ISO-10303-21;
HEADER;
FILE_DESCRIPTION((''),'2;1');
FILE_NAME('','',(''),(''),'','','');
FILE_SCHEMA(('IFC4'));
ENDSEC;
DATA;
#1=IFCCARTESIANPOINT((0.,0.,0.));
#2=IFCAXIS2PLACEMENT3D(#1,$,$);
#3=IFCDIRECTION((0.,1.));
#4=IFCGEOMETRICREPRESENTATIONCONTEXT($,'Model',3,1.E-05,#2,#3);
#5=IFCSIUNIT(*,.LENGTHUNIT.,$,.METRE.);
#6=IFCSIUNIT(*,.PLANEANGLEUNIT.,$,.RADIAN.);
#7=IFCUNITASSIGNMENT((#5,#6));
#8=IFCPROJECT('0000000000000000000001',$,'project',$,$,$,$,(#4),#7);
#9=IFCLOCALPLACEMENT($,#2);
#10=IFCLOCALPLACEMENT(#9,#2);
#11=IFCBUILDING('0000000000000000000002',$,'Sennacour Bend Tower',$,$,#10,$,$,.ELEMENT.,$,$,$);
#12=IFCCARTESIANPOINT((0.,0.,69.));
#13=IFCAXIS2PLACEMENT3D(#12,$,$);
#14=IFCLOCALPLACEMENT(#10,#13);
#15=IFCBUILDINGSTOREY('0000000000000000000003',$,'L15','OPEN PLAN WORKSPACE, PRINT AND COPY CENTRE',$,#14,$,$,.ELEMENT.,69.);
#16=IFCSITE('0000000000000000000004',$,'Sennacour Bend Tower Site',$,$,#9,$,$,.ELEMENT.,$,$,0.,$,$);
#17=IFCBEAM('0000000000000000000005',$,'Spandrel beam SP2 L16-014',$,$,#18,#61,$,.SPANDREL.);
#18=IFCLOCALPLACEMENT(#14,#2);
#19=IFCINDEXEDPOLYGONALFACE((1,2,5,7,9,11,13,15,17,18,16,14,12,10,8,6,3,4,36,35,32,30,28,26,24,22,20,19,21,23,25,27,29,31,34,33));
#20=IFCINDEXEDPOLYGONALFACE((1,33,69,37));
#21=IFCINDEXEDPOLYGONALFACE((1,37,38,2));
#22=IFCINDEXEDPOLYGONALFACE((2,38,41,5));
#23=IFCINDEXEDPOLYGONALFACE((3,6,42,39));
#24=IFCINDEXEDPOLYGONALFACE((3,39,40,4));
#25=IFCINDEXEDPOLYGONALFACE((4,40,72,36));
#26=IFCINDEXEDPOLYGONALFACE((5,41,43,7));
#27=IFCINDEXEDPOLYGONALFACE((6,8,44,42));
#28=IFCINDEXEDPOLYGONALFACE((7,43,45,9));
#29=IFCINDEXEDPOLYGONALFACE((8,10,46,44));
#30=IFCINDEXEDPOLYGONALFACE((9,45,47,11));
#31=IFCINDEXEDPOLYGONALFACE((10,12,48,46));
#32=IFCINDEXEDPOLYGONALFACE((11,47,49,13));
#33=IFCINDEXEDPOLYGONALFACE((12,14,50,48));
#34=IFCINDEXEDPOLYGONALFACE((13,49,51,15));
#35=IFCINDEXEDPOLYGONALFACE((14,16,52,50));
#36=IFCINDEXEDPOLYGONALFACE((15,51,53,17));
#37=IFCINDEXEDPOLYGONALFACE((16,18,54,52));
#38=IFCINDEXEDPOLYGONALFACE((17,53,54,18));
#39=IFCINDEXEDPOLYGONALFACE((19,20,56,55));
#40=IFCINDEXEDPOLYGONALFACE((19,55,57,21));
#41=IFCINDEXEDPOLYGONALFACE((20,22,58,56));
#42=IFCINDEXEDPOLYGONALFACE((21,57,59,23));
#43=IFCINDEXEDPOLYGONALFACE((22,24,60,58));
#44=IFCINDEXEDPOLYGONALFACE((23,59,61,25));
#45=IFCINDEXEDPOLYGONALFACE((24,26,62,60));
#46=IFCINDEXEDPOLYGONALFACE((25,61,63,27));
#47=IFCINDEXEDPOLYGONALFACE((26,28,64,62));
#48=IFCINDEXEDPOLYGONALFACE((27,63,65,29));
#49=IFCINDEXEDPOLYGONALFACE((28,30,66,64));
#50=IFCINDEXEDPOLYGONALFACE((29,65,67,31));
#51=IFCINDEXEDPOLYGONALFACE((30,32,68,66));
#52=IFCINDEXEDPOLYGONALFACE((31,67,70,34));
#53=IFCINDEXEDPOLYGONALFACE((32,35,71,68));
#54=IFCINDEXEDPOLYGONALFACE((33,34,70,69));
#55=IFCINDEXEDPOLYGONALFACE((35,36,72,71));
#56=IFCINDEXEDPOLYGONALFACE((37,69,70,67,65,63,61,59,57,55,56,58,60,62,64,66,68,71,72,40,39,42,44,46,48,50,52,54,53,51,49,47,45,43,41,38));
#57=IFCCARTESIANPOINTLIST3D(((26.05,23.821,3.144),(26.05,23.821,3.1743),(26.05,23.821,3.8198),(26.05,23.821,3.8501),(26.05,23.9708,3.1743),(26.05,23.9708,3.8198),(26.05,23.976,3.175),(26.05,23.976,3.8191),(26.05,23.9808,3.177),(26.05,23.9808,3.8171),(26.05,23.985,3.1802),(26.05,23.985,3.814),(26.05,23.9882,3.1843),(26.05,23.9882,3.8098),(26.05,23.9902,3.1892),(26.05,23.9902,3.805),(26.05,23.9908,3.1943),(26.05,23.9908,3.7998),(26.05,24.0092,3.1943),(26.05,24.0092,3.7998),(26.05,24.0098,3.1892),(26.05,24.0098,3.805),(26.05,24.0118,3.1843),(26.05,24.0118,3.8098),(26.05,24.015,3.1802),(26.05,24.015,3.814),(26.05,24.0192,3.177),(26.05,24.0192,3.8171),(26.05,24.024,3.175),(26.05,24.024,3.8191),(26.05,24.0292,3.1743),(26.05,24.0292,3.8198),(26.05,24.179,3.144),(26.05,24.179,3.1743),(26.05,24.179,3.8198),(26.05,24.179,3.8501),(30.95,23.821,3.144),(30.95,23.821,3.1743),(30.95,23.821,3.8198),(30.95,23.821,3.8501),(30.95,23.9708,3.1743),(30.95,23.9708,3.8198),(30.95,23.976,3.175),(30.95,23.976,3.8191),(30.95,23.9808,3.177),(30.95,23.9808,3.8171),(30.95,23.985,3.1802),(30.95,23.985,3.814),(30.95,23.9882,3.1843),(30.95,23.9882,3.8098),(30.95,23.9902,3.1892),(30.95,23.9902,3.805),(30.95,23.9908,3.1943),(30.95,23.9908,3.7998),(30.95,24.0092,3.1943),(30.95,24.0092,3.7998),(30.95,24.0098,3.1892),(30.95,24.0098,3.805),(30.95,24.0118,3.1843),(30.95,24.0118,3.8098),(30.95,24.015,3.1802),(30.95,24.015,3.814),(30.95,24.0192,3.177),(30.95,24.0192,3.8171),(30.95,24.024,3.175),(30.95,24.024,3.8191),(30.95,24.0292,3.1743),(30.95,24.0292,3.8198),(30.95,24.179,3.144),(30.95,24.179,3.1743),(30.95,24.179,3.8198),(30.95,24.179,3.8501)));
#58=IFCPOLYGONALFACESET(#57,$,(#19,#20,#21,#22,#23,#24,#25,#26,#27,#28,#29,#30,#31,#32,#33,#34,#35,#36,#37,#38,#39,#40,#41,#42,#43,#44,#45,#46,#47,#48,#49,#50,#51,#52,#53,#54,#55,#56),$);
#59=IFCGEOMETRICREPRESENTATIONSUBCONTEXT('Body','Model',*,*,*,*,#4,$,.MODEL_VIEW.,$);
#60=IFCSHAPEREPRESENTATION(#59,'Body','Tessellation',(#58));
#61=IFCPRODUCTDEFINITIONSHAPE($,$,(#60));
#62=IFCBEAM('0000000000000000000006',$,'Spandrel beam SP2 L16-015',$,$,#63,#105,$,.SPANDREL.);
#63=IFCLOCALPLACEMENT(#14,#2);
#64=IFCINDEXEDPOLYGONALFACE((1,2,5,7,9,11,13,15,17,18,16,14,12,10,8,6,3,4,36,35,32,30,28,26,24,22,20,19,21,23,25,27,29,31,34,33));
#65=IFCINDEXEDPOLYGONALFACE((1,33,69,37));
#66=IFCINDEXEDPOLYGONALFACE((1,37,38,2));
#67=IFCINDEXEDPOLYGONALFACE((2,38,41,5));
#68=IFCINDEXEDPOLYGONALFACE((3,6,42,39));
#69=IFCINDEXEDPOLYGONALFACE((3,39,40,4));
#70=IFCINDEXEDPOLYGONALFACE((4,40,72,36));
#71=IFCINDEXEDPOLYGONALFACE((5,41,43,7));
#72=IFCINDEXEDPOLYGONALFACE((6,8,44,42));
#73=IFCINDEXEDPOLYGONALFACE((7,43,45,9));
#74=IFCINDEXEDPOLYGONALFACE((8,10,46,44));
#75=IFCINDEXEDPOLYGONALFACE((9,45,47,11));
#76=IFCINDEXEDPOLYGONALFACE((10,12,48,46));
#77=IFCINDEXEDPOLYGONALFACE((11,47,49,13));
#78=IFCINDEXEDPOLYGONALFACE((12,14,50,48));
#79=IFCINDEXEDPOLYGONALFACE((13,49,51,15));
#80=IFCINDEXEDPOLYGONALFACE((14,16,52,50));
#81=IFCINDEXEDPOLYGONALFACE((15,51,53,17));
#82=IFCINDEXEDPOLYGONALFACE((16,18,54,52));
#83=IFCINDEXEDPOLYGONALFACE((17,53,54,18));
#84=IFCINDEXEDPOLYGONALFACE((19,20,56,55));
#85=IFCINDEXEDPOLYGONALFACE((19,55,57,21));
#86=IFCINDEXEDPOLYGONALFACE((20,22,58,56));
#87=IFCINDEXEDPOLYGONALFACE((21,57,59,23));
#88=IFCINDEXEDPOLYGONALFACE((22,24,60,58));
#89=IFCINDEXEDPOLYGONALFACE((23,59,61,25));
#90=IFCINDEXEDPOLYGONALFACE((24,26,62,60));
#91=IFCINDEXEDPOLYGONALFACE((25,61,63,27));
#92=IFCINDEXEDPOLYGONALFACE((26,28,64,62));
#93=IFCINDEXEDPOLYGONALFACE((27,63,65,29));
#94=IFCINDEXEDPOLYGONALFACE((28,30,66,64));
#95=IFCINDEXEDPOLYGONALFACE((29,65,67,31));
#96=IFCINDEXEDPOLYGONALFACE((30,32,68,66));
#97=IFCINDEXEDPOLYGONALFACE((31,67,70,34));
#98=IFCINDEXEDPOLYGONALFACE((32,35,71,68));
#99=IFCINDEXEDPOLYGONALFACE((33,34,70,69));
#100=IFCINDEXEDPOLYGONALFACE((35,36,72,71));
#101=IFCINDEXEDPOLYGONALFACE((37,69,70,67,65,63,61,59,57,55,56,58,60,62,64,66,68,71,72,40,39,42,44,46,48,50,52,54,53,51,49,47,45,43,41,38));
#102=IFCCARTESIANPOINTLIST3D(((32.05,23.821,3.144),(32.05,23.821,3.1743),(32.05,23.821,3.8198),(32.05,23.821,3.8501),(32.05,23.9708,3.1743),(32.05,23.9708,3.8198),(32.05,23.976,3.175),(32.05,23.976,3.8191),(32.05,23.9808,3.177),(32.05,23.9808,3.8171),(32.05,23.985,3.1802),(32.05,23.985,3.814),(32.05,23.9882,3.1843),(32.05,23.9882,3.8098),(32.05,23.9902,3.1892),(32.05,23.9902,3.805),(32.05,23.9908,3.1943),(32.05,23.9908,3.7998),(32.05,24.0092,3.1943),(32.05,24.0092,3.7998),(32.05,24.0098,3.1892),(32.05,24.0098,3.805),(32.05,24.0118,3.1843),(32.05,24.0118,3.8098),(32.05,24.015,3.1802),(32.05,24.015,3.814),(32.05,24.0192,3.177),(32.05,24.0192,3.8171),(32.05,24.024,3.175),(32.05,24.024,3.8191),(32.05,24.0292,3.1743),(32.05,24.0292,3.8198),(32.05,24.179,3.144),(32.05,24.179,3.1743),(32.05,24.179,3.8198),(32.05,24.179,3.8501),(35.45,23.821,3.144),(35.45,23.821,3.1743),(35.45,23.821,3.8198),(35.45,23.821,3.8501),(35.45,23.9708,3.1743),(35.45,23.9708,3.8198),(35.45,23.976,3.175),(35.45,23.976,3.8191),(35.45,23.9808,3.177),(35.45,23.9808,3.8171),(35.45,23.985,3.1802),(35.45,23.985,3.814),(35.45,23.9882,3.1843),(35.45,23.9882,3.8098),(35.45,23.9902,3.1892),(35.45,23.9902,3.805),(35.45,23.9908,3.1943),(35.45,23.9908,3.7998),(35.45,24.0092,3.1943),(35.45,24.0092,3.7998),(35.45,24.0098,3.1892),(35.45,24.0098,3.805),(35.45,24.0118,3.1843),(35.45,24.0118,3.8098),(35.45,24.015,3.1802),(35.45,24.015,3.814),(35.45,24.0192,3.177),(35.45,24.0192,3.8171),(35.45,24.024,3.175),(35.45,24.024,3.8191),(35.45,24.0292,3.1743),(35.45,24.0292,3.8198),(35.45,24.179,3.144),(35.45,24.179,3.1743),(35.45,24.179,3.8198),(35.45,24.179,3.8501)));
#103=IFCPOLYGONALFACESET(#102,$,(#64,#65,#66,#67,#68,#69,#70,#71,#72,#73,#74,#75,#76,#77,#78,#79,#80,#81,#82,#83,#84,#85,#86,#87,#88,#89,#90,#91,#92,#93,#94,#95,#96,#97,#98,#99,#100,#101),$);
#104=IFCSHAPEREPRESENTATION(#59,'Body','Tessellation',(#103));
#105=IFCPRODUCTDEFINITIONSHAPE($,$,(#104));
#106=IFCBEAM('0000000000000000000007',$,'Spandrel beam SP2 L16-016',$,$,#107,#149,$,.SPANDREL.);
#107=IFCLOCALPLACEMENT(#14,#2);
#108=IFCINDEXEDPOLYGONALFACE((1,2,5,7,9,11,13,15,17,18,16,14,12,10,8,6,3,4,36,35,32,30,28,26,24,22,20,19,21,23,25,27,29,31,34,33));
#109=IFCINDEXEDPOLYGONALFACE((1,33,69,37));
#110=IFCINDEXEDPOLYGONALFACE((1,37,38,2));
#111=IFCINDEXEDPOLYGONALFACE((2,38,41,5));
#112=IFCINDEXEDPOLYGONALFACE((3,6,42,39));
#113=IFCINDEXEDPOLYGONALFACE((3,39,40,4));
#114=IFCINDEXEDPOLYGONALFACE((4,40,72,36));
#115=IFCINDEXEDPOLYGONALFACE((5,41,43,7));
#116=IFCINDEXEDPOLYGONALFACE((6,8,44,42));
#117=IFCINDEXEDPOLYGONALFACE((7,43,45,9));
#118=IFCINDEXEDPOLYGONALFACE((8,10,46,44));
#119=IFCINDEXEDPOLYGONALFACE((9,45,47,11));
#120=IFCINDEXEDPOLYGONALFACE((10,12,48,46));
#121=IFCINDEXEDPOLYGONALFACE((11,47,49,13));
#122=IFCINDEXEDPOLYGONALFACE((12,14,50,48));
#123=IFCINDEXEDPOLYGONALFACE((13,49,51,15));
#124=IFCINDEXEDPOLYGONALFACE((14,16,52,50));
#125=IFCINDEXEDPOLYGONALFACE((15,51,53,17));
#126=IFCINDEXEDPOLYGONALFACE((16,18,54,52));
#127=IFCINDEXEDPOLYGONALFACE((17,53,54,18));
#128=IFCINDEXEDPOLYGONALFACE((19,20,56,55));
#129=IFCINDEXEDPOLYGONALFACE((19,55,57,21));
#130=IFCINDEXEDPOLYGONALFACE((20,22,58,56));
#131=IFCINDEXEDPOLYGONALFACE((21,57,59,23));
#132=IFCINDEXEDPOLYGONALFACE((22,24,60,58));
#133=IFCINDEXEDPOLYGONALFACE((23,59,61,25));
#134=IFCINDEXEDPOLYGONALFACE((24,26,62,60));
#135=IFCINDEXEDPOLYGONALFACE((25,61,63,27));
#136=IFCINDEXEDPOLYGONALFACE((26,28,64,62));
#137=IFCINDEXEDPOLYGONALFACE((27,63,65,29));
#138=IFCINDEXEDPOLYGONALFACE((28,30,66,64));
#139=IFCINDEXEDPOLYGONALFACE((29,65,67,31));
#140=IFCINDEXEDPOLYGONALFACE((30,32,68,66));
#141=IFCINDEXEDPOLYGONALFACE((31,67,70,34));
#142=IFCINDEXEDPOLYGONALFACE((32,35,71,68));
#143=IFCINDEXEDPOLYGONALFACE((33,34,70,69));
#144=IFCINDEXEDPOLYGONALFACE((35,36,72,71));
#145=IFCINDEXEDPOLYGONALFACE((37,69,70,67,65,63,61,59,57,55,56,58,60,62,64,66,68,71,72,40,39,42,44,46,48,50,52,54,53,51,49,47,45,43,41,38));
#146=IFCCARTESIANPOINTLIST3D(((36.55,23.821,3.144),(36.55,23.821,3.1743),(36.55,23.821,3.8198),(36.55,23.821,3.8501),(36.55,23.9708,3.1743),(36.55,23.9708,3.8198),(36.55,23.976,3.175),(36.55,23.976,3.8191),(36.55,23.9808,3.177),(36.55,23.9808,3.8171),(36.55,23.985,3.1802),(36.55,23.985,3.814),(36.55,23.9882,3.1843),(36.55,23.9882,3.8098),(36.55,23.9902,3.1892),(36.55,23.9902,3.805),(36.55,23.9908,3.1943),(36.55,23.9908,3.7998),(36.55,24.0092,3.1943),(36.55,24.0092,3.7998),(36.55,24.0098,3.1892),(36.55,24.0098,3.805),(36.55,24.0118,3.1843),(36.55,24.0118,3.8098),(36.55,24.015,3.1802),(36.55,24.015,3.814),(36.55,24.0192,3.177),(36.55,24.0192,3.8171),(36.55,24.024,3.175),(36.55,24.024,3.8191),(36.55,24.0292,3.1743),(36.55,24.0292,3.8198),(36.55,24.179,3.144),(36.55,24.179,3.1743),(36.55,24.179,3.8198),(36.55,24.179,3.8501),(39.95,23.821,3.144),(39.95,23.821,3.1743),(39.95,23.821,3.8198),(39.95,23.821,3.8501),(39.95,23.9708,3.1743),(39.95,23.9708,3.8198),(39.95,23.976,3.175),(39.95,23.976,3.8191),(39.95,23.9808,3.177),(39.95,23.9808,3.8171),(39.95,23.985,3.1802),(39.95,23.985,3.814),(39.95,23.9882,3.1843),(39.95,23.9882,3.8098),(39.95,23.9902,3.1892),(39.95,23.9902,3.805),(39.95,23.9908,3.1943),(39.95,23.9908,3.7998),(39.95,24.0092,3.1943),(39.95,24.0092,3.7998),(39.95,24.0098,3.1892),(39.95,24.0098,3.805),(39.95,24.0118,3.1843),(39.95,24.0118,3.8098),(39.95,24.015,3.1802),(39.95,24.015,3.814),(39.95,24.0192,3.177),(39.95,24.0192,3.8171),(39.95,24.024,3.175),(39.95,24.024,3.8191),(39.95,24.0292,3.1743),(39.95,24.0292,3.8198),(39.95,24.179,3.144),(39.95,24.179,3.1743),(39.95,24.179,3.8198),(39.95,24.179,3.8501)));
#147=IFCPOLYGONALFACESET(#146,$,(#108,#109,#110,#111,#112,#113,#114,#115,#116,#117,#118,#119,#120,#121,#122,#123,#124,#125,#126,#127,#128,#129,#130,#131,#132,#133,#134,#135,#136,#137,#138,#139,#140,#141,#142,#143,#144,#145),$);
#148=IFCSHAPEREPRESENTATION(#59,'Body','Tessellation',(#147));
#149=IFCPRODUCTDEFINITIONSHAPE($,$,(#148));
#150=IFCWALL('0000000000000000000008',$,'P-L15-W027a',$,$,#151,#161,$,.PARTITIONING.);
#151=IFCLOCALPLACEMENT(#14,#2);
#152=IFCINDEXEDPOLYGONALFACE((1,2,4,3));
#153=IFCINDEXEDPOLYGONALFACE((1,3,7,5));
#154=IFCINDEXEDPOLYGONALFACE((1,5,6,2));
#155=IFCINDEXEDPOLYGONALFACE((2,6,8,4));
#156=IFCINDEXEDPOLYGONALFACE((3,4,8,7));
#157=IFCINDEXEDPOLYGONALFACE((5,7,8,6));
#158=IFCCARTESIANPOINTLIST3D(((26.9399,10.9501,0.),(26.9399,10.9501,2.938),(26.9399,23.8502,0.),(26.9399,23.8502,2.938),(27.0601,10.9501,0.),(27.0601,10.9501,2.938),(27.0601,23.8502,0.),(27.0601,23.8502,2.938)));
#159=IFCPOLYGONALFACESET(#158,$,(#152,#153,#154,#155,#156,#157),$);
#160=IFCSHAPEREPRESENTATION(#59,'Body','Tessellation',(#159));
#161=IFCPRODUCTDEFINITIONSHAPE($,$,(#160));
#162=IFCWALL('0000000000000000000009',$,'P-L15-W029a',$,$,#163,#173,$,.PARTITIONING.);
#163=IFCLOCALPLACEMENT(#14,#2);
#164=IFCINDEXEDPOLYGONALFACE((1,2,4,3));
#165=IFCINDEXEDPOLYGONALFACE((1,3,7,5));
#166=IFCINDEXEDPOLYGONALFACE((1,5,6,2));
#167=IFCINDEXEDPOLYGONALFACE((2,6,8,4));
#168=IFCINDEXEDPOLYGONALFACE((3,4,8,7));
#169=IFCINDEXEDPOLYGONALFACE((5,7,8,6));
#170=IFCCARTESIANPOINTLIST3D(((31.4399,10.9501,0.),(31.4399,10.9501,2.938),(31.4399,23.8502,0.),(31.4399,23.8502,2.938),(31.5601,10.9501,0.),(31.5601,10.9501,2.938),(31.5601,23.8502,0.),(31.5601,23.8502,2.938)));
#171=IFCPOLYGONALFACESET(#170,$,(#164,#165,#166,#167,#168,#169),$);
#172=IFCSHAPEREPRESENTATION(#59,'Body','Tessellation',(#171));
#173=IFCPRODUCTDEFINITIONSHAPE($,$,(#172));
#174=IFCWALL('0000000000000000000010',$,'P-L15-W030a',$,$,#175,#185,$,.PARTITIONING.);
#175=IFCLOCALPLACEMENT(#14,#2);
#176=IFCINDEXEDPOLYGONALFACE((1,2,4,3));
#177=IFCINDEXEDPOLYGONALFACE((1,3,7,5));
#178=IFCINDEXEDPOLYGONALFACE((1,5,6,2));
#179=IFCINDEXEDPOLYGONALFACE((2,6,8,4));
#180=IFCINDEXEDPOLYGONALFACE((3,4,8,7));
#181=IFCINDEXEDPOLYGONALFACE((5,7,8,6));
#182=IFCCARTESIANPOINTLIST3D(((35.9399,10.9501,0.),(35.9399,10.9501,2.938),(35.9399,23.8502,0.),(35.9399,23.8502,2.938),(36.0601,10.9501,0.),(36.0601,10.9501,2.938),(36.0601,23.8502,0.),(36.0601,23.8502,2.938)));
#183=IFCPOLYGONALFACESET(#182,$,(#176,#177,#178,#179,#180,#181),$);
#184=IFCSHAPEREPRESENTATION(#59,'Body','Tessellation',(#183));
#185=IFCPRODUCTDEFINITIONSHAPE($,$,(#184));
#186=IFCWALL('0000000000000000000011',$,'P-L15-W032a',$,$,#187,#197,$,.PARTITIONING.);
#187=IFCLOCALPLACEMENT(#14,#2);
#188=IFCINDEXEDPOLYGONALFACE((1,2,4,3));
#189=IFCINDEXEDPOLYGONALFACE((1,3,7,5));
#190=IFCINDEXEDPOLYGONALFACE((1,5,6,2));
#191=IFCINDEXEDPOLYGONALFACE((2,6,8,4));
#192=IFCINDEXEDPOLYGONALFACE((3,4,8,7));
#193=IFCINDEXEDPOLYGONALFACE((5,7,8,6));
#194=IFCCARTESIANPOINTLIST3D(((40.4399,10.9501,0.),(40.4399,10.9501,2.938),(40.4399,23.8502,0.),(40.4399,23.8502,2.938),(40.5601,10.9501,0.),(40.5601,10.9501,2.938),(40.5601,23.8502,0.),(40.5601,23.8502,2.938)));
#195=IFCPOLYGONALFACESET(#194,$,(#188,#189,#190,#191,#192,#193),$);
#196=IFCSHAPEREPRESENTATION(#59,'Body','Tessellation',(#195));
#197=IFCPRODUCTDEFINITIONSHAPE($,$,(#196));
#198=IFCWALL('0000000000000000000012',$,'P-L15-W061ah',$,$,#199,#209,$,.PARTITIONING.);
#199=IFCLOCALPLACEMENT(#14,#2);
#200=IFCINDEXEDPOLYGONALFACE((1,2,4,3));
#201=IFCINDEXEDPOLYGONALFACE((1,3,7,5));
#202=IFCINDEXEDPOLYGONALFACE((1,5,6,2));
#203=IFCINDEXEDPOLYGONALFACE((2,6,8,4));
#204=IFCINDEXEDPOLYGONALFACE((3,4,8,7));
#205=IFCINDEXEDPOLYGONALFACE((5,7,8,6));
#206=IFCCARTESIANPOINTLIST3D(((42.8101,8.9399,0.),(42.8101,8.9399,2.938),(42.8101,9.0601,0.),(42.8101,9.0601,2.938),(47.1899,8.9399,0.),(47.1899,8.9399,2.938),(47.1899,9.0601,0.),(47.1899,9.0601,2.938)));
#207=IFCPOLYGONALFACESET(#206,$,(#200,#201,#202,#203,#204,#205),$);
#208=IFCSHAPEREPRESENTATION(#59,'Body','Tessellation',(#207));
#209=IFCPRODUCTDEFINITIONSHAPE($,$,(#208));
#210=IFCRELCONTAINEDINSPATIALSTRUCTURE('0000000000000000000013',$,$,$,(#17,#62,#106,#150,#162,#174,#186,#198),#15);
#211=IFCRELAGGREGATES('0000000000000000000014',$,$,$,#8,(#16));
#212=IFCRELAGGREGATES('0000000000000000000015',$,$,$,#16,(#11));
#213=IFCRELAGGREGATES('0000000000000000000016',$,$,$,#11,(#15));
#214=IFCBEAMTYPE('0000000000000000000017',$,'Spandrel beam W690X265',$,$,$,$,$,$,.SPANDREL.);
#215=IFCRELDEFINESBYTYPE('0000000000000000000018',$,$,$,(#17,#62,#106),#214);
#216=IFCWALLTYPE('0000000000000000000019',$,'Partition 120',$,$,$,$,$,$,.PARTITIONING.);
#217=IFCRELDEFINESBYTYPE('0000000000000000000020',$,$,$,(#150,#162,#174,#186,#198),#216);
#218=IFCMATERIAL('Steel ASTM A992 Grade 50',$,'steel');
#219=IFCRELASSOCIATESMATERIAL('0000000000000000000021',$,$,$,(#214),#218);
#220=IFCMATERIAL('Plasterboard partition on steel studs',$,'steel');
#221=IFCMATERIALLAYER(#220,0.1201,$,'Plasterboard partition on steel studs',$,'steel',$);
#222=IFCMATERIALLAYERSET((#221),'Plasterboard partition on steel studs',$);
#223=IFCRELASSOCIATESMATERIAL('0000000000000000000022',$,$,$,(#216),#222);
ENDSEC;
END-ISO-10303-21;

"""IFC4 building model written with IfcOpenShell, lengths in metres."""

from ifc_helpers import new_model, si_unit, direction, frame, frame_2d, origin, origin_2d, place, context, subcontext, project, spatial, rectangle, i_section, extrude, material, layer, layer_set, material_profile, profile_set, type_object, element, save


model = new_model("IFC4")

# Units and contexts
model_context = context("Model", 3, precision=1e-05, world=origin(), true_north=direction((0.0, 1.0)))
body_context = subcontext(model_context, "Body", "Model", "MODEL_VIEW")
ifc_project = project(units=[si_unit("LENGTHUNIT", "METRE"), si_unit("PLANEANGLEUNIT", "RADIAN")], contexts=[model_context])

# Site, building, storey
site_placement = place(None, origin())
site = spatial("IfcSite", under=ifc_project, at=site_placement, Name="Sennacour Bend Tower Site", CompositionType="ELEMENT", RefElevation=0.0)
building_placement = place(site_placement, origin())
building = spatial("IfcBuilding", under=site, at=building_placement, Name="Sennacour Bend Tower", CompositionType="ELEMENT")
storey_placement = place(building_placement, frame((0.0, 0.0, 69.0)))
storey = spatial("IfcBuildingStorey", under=building, at=storey_placement, Name="L15", Description="OPEN PLAN WORKSPACE, PRINT AND COPY CENTRE", CompositionType="ELEMENT", Elevation=69.0)

# Beams
ifc_material_1 = material(Name="Steel ASTM A992 Grade 50", Category="steel")
ifc_material_profile_1 = material_profile(ifc_material_1, i_section(OverallWidth=0.3579, OverallDepth=0.7061, WebThickness=0.0183, FlangeThickness=0.0303, FilletRadius=0.02, at=origin_2d()), Name="Steel ASTM A992 Grade 50", Category="steel")
ifc_profile_set_1 = profile_set([ifc_material_profile_1], Name="Steel ASTM A992 Grade 50")
beam_type_1 = type_object("IfcBeamType", Name="Spandrel beam W690X265", PredefinedType="SPANDREL", material=ifc_profile_set_1)
beam_1_placement = place(storey_placement, frame((26.05, 24.0, 3.4971), z_axis=(1.0, 0.0, 0.0), x_axis=(0.0, 1.0, 0.0)))
element("IfcBeam", 1, at=beam_1_placement, inside=storey, type_object=beam_type_1, Name="Spandrel beam SP2 L16-014", PredefinedType="SPANDREL", context=body_context, shape_type="SweptSolid", body=[
    extrude(i_section(OverallWidth=0.3579, OverallDepth=0.7061, WebThickness=0.0183, FlangeThickness=0.0303, FilletRadius=0.02, at=origin_2d()), origin(), (0.0, 0.0, 1.0), 4.8999),
])
for number, where, z_axis, x_axis, name in (
    (2, (32.05, 24.0, 3.4971), (1.0, 0.0, 0.0), (0.0, 1.0, 0.0), "Spandrel beam SP2 L16-015"),
    (3, (36.55, 24.0, 3.4971), (1.0, 0.0, 0.0), (0.0, 1.0, 0.0), "Spandrel beam SP2 L16-016"),
):
    element("IfcBeam", number, at=place(storey_placement, frame(where, z_axis=z_axis, x_axis=x_axis)), inside=storey, type_object=beam_type_1, Name=name, PredefinedType="SPANDREL", context=body_context, shape_type="SweptSolid", body=[
        extrude(i_section(OverallWidth=0.3579, OverallDepth=0.7061, WebThickness=0.0183, FlangeThickness=0.0303, FilletRadius=0.02, at=origin_2d()), origin(), (0.0, 0.0, 1.0), 3.3999),
    ])

# Walls
ifc_material_2 = material(Name="Plasterboard partition on steel studs", Category="steel")
ifc_layer_1 = layer(ifc_material_2, 0.1201, Name="Plasterboard partition on steel studs", Category="steel")
ifc_layer_set_1 = layer_set([ifc_layer_1], Name="Plasterboard partition on steel studs")
wall_type_1 = type_object("IfcWallType", Name="Partition 120", PredefinedType="PARTITIONING", material=ifc_layer_set_1)
for number, where, z_axis, x_axis, name in (
    (4, (27.0, 10.95, 0.0), (0.0, 0.0, 1.0), (0.0, 1.0, 0.0), "P-L15-W027a"),
    (5, (31.5, 10.95, 0.0), (0.0, 0.0, 1.0), (0.0, 1.0, 0.0), "P-L15-W029a"),
    (6, (36.0, 10.95, 0.0), (0.0, 0.0, 1.0), (0.0, 1.0, 0.0), "P-L15-W030a"),
    (7, (40.5, 10.95, 0.0), (0.0, 0.0, 1.0), (0.0, 1.0, 0.0), "P-L15-W032a"),
):
    element("IfcWall", number, at=place(storey_placement, frame(where, z_axis=z_axis, x_axis=x_axis)), inside=storey, type_object=wall_type_1, Name=name, PredefinedType="PARTITIONING", context=body_context, shape_type="SweptSolid", body=[
        extrude(rectangle(XDim=12.9001, YDim=0.1201, at=frame_2d((6.4502, 0.0))), origin(), (0.0, 0.0, 1.0), 2.938),
    ])
wall_1_placement = place(storey_placement, frame((42.8101, 9.0, 0.0), z_axis=(0.0, 0.0, 1.0), x_axis=(1.0, 0.0, 0.0)))
element("IfcWall", 8, at=wall_1_placement, inside=storey, type_object=wall_type_1, Name="P-L15-W061ah", PredefinedType="PARTITIONING", context=body_context, shape_type="SweptSolid", body=[
    extrude(rectangle(XDim=4.3799, YDim=0.1201, at=frame_2d((2.1899, 0.0))), origin(), (0.0, 0.0, 1.0), 2.938),
])

save(model, "model.ifc")
